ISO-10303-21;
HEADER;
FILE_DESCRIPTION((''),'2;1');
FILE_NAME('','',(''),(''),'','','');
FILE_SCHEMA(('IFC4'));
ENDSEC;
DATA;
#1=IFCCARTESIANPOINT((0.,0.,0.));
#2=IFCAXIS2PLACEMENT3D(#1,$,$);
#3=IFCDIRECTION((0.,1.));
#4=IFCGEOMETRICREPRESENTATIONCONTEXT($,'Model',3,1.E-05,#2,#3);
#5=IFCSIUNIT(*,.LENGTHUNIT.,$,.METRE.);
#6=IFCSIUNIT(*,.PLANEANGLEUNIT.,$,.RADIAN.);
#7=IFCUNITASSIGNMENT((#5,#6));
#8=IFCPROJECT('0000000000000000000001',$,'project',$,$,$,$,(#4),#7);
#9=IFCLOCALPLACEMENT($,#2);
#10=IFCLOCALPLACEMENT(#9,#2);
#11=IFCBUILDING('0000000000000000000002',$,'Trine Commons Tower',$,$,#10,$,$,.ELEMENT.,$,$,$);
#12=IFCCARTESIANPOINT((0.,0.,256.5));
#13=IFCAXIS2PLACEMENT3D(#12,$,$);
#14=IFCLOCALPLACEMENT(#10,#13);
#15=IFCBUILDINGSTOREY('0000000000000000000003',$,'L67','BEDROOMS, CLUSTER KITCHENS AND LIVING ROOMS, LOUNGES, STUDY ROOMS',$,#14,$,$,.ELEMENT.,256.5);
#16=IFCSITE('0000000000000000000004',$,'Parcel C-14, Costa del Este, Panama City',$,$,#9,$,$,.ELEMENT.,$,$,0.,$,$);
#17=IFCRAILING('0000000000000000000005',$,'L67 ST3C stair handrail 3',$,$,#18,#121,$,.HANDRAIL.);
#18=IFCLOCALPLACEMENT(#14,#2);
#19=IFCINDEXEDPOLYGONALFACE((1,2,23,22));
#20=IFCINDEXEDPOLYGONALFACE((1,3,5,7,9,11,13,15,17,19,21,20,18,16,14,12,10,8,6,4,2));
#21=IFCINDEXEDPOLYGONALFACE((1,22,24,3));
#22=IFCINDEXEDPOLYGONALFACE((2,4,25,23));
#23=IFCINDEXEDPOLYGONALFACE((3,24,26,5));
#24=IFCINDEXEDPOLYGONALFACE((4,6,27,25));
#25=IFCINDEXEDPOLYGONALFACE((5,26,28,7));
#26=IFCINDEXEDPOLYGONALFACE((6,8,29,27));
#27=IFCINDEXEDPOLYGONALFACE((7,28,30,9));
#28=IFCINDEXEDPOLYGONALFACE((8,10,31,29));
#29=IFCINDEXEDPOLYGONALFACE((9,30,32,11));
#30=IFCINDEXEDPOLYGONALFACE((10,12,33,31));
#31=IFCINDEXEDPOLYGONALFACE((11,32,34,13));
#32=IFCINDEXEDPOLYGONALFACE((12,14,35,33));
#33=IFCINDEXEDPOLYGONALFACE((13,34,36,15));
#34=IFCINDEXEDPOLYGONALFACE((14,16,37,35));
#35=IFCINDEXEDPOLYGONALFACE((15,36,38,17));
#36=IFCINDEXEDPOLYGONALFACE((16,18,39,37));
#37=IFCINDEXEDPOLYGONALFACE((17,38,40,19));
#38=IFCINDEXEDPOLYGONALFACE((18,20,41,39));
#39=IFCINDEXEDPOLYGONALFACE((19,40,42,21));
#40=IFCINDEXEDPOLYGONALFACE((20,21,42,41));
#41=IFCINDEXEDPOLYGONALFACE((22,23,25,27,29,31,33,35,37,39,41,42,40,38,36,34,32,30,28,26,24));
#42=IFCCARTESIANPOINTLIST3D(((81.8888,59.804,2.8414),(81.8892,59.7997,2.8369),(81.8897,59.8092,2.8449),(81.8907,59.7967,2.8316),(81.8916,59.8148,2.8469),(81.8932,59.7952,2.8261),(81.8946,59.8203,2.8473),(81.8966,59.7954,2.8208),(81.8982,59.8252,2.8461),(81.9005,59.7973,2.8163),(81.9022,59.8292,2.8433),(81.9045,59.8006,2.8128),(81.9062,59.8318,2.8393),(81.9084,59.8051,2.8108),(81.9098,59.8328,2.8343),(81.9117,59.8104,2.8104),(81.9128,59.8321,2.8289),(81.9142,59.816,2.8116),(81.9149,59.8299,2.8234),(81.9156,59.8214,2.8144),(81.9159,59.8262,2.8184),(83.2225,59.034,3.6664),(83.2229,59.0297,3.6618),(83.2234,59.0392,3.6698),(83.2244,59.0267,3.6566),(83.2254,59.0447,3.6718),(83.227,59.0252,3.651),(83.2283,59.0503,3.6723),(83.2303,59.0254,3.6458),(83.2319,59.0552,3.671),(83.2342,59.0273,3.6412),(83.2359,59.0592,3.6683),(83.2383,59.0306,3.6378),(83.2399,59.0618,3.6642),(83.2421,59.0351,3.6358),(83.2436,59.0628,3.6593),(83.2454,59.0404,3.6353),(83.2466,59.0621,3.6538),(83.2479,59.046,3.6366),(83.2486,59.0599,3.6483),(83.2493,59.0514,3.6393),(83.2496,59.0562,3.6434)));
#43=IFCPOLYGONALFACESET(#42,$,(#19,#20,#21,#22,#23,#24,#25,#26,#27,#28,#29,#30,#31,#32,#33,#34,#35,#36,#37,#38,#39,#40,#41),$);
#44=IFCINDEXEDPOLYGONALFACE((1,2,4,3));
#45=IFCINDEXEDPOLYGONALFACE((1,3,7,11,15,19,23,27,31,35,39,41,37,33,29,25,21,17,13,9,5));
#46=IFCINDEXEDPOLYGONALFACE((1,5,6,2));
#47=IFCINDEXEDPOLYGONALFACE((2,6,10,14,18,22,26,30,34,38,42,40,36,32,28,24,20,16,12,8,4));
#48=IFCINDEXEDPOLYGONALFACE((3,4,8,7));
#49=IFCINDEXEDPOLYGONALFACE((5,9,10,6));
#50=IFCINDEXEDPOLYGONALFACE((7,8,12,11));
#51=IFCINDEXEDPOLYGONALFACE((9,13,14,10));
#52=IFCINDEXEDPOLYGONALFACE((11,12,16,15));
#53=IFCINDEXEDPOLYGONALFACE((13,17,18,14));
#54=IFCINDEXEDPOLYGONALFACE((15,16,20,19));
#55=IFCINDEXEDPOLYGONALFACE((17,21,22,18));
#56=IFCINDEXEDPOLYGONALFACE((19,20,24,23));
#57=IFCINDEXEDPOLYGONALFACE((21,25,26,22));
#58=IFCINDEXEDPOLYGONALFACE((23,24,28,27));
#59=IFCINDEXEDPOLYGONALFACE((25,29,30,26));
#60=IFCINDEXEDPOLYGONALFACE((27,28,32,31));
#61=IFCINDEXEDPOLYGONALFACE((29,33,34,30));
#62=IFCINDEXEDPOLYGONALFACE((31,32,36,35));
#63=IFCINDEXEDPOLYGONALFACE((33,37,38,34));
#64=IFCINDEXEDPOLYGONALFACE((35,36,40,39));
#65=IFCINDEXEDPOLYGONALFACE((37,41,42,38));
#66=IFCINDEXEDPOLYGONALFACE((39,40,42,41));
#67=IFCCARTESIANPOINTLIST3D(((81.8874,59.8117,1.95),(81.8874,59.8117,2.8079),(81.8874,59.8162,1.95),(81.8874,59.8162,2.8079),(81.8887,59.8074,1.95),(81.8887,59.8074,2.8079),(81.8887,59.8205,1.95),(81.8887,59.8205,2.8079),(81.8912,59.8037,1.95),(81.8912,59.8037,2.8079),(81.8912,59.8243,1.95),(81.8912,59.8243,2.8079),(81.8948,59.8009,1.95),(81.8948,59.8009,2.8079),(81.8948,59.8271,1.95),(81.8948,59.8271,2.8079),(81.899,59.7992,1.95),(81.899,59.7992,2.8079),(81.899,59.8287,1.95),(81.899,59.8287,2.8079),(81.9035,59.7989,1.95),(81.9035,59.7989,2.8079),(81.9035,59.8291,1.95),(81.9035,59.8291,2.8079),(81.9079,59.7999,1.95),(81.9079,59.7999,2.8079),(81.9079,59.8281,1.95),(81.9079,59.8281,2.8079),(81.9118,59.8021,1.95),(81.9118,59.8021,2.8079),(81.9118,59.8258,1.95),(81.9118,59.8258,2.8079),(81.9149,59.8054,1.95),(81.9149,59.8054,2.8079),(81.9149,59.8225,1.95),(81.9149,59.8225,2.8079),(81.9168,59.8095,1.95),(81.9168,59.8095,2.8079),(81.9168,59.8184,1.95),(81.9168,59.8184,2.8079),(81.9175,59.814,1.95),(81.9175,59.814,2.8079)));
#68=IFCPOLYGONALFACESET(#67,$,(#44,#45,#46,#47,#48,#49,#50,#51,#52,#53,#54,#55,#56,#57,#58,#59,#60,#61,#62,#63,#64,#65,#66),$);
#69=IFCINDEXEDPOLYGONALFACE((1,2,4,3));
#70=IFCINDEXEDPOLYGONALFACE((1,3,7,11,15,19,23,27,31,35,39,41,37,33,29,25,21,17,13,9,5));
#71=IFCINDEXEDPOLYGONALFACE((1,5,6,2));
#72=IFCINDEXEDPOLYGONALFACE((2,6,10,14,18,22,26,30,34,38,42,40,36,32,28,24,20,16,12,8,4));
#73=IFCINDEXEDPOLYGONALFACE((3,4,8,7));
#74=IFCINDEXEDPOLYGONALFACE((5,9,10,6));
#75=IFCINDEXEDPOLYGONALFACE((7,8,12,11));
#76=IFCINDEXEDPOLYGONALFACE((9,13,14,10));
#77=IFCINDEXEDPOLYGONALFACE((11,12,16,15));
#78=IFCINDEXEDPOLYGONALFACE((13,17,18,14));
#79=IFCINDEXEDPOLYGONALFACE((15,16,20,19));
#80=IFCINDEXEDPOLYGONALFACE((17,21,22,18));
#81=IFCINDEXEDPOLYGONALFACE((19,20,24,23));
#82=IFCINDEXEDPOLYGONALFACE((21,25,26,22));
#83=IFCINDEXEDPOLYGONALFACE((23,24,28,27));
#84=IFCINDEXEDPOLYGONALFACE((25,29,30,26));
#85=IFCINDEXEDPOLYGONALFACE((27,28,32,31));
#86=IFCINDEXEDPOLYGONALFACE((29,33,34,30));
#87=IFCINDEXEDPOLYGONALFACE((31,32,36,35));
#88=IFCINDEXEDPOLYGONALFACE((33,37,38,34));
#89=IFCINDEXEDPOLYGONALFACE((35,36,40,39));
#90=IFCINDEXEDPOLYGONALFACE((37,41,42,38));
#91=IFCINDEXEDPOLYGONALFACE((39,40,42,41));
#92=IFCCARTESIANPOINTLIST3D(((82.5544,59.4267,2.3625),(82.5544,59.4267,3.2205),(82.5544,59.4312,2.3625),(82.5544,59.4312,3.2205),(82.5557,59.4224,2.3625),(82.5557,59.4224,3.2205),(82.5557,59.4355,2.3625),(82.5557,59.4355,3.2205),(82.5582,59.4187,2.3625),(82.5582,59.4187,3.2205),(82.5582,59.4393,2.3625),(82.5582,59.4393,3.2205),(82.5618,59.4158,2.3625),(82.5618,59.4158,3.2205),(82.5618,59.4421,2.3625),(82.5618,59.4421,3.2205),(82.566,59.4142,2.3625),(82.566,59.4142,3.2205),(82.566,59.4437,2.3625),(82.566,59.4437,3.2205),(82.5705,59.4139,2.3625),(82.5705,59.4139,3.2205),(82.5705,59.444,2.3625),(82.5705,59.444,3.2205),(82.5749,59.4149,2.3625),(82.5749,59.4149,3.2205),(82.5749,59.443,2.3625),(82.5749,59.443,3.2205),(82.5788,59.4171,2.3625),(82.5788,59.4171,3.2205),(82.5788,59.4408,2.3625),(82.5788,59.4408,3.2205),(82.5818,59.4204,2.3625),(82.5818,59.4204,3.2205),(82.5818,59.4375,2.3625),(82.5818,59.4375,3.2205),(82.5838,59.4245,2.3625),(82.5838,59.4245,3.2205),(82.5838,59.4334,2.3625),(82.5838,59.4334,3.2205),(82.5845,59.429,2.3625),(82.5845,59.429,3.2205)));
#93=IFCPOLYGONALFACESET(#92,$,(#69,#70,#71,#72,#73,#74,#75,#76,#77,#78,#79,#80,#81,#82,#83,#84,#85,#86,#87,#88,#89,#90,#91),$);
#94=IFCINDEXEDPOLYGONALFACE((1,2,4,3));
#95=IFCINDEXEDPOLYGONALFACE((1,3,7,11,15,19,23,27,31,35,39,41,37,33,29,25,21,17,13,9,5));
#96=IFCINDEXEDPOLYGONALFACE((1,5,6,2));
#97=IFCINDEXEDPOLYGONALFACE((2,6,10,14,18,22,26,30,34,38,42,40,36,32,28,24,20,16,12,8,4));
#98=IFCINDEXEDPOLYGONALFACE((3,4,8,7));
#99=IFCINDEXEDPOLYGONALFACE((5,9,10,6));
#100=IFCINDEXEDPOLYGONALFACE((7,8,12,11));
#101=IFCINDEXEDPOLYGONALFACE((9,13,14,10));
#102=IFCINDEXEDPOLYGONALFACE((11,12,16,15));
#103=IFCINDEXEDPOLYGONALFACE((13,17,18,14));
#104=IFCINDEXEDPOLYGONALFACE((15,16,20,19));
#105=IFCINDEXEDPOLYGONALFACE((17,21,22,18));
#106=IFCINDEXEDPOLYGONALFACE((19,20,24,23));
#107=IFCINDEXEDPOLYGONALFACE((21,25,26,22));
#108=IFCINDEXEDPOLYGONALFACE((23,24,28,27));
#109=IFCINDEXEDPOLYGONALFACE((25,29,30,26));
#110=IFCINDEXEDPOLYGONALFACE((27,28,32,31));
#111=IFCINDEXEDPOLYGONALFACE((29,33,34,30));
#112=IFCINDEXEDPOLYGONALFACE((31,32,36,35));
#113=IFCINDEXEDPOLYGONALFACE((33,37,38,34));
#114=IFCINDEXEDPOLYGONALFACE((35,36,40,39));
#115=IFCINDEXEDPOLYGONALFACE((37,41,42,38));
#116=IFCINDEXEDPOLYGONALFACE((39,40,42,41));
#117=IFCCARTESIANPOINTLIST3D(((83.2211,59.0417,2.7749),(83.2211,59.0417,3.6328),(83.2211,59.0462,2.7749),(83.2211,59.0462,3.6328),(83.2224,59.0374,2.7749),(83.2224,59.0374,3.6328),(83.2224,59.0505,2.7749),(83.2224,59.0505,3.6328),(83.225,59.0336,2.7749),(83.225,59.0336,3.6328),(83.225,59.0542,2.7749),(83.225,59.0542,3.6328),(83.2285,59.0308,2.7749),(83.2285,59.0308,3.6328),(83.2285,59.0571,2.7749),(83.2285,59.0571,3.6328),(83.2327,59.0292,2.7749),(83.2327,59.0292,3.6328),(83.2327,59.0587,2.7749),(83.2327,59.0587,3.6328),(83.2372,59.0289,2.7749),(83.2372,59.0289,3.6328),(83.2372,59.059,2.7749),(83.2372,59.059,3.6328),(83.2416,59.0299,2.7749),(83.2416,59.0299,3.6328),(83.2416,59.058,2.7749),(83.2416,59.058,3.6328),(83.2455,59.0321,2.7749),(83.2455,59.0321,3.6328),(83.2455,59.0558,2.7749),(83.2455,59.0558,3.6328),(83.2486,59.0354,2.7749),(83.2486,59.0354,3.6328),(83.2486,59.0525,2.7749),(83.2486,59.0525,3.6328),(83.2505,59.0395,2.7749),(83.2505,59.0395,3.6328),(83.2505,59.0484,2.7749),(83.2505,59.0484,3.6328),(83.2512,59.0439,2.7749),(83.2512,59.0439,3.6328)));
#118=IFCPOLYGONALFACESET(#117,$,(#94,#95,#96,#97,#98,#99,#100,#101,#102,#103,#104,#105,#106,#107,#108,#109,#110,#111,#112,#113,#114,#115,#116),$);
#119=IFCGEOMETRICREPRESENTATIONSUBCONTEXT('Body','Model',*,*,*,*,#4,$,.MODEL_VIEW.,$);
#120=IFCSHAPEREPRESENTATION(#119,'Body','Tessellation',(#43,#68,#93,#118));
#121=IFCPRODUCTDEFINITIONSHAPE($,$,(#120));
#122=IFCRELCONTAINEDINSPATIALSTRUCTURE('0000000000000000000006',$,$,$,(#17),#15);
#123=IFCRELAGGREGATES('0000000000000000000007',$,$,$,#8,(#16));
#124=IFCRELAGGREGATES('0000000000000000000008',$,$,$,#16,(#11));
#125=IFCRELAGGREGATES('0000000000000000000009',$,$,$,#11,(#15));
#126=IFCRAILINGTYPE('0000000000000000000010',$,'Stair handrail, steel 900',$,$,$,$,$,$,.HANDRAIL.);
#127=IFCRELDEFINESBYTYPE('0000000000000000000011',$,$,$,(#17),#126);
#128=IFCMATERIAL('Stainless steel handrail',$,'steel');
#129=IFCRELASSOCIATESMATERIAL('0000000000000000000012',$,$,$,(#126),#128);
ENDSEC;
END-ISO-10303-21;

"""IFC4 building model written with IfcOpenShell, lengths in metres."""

from ifc_helpers import new_model, si_unit, direction, frame, origin, origin_2d, place, context, subcontext, project, spatial, circle, extrude, material, type_object, element, save


model = new_model("IFC4")

# Units and contexts
model_context = context("Model", 3, precision=1e-05, world=origin(), true_north=direction((0.0, 1.0)))
body_context = subcontext(model_context, "Body", "Model", "MODEL_VIEW")
ifc_project = project(units=[si_unit("LENGTHUNIT", "METRE"), si_unit("PLANEANGLEUNIT", "RADIAN")], contexts=[model_context])

# Site, building, storey
site_placement = place(None, origin())
site = spatial("IfcSite", under=ifc_project, at=site_placement, Name="Parcel C-14, Costa del Este, Panama City", CompositionType="ELEMENT", RefElevation=0.0)
building_placement = place(site_placement, origin())
building = spatial("IfcBuilding", under=site, at=building_placement, Name="Trine Commons Tower", CompositionType="ELEMENT")
storey_placement = place(building_placement, frame((0.0, 0.0, 256.5)))
storey = spatial("IfcBuildingStorey", under=building, at=storey_placement, Name="L67", Description="BEDROOMS, CLUSTER KITCHENS AND LIVING ROOMS, LOUNGES, STUDY ROOMS", CompositionType="ELEMENT", Elevation=256.5)

# Railing
ifc_material_1 = material(Name="Stainless steel handrail", Category="steel")
railing_type_1 = type_object("IfcRailingType", Name="Stair handrail, steel 900", PredefinedType="HANDRAIL", material=ifc_material_1)
railing_1_placement = place(storey_placement, frame((81.9023, 59.814, 1.95)))
element("IfcRailing", 1, at=railing_1_placement, inside=storey, type_object=railing_type_1, Name="L67 ST3C stair handrail 3", PredefinedType="HANDRAIL", context=body_context, shape_type="SweptSolid", body=[
    extrude(circle(Radius=0.021, at=origin_2d()), frame((0.0, 0.0, 0.8789), z_axis=(0.763405, -0.440743, 0.472185), x_axis=(0.499992, 0.86603, 0.0)), (0.0, 0.0, 1.0), 1.7471),
    extrude(circle(Radius=0.0151, at=origin_2d()), origin(), (0.0, 0.0, 1.0), 0.8579),
    extrude(circle(Radius=0.0151, at=origin_2d()), frame((0.667, -0.385, 0.4126)), (0.0, 0.0, 1.0), 0.8579),
    extrude(circle(Radius=0.0151, at=origin_2d()), frame((1.3337, -0.77, 0.825)), (0.0, 0.0, 1.0), 0.8579),
])

save(model, "model.ifc")
